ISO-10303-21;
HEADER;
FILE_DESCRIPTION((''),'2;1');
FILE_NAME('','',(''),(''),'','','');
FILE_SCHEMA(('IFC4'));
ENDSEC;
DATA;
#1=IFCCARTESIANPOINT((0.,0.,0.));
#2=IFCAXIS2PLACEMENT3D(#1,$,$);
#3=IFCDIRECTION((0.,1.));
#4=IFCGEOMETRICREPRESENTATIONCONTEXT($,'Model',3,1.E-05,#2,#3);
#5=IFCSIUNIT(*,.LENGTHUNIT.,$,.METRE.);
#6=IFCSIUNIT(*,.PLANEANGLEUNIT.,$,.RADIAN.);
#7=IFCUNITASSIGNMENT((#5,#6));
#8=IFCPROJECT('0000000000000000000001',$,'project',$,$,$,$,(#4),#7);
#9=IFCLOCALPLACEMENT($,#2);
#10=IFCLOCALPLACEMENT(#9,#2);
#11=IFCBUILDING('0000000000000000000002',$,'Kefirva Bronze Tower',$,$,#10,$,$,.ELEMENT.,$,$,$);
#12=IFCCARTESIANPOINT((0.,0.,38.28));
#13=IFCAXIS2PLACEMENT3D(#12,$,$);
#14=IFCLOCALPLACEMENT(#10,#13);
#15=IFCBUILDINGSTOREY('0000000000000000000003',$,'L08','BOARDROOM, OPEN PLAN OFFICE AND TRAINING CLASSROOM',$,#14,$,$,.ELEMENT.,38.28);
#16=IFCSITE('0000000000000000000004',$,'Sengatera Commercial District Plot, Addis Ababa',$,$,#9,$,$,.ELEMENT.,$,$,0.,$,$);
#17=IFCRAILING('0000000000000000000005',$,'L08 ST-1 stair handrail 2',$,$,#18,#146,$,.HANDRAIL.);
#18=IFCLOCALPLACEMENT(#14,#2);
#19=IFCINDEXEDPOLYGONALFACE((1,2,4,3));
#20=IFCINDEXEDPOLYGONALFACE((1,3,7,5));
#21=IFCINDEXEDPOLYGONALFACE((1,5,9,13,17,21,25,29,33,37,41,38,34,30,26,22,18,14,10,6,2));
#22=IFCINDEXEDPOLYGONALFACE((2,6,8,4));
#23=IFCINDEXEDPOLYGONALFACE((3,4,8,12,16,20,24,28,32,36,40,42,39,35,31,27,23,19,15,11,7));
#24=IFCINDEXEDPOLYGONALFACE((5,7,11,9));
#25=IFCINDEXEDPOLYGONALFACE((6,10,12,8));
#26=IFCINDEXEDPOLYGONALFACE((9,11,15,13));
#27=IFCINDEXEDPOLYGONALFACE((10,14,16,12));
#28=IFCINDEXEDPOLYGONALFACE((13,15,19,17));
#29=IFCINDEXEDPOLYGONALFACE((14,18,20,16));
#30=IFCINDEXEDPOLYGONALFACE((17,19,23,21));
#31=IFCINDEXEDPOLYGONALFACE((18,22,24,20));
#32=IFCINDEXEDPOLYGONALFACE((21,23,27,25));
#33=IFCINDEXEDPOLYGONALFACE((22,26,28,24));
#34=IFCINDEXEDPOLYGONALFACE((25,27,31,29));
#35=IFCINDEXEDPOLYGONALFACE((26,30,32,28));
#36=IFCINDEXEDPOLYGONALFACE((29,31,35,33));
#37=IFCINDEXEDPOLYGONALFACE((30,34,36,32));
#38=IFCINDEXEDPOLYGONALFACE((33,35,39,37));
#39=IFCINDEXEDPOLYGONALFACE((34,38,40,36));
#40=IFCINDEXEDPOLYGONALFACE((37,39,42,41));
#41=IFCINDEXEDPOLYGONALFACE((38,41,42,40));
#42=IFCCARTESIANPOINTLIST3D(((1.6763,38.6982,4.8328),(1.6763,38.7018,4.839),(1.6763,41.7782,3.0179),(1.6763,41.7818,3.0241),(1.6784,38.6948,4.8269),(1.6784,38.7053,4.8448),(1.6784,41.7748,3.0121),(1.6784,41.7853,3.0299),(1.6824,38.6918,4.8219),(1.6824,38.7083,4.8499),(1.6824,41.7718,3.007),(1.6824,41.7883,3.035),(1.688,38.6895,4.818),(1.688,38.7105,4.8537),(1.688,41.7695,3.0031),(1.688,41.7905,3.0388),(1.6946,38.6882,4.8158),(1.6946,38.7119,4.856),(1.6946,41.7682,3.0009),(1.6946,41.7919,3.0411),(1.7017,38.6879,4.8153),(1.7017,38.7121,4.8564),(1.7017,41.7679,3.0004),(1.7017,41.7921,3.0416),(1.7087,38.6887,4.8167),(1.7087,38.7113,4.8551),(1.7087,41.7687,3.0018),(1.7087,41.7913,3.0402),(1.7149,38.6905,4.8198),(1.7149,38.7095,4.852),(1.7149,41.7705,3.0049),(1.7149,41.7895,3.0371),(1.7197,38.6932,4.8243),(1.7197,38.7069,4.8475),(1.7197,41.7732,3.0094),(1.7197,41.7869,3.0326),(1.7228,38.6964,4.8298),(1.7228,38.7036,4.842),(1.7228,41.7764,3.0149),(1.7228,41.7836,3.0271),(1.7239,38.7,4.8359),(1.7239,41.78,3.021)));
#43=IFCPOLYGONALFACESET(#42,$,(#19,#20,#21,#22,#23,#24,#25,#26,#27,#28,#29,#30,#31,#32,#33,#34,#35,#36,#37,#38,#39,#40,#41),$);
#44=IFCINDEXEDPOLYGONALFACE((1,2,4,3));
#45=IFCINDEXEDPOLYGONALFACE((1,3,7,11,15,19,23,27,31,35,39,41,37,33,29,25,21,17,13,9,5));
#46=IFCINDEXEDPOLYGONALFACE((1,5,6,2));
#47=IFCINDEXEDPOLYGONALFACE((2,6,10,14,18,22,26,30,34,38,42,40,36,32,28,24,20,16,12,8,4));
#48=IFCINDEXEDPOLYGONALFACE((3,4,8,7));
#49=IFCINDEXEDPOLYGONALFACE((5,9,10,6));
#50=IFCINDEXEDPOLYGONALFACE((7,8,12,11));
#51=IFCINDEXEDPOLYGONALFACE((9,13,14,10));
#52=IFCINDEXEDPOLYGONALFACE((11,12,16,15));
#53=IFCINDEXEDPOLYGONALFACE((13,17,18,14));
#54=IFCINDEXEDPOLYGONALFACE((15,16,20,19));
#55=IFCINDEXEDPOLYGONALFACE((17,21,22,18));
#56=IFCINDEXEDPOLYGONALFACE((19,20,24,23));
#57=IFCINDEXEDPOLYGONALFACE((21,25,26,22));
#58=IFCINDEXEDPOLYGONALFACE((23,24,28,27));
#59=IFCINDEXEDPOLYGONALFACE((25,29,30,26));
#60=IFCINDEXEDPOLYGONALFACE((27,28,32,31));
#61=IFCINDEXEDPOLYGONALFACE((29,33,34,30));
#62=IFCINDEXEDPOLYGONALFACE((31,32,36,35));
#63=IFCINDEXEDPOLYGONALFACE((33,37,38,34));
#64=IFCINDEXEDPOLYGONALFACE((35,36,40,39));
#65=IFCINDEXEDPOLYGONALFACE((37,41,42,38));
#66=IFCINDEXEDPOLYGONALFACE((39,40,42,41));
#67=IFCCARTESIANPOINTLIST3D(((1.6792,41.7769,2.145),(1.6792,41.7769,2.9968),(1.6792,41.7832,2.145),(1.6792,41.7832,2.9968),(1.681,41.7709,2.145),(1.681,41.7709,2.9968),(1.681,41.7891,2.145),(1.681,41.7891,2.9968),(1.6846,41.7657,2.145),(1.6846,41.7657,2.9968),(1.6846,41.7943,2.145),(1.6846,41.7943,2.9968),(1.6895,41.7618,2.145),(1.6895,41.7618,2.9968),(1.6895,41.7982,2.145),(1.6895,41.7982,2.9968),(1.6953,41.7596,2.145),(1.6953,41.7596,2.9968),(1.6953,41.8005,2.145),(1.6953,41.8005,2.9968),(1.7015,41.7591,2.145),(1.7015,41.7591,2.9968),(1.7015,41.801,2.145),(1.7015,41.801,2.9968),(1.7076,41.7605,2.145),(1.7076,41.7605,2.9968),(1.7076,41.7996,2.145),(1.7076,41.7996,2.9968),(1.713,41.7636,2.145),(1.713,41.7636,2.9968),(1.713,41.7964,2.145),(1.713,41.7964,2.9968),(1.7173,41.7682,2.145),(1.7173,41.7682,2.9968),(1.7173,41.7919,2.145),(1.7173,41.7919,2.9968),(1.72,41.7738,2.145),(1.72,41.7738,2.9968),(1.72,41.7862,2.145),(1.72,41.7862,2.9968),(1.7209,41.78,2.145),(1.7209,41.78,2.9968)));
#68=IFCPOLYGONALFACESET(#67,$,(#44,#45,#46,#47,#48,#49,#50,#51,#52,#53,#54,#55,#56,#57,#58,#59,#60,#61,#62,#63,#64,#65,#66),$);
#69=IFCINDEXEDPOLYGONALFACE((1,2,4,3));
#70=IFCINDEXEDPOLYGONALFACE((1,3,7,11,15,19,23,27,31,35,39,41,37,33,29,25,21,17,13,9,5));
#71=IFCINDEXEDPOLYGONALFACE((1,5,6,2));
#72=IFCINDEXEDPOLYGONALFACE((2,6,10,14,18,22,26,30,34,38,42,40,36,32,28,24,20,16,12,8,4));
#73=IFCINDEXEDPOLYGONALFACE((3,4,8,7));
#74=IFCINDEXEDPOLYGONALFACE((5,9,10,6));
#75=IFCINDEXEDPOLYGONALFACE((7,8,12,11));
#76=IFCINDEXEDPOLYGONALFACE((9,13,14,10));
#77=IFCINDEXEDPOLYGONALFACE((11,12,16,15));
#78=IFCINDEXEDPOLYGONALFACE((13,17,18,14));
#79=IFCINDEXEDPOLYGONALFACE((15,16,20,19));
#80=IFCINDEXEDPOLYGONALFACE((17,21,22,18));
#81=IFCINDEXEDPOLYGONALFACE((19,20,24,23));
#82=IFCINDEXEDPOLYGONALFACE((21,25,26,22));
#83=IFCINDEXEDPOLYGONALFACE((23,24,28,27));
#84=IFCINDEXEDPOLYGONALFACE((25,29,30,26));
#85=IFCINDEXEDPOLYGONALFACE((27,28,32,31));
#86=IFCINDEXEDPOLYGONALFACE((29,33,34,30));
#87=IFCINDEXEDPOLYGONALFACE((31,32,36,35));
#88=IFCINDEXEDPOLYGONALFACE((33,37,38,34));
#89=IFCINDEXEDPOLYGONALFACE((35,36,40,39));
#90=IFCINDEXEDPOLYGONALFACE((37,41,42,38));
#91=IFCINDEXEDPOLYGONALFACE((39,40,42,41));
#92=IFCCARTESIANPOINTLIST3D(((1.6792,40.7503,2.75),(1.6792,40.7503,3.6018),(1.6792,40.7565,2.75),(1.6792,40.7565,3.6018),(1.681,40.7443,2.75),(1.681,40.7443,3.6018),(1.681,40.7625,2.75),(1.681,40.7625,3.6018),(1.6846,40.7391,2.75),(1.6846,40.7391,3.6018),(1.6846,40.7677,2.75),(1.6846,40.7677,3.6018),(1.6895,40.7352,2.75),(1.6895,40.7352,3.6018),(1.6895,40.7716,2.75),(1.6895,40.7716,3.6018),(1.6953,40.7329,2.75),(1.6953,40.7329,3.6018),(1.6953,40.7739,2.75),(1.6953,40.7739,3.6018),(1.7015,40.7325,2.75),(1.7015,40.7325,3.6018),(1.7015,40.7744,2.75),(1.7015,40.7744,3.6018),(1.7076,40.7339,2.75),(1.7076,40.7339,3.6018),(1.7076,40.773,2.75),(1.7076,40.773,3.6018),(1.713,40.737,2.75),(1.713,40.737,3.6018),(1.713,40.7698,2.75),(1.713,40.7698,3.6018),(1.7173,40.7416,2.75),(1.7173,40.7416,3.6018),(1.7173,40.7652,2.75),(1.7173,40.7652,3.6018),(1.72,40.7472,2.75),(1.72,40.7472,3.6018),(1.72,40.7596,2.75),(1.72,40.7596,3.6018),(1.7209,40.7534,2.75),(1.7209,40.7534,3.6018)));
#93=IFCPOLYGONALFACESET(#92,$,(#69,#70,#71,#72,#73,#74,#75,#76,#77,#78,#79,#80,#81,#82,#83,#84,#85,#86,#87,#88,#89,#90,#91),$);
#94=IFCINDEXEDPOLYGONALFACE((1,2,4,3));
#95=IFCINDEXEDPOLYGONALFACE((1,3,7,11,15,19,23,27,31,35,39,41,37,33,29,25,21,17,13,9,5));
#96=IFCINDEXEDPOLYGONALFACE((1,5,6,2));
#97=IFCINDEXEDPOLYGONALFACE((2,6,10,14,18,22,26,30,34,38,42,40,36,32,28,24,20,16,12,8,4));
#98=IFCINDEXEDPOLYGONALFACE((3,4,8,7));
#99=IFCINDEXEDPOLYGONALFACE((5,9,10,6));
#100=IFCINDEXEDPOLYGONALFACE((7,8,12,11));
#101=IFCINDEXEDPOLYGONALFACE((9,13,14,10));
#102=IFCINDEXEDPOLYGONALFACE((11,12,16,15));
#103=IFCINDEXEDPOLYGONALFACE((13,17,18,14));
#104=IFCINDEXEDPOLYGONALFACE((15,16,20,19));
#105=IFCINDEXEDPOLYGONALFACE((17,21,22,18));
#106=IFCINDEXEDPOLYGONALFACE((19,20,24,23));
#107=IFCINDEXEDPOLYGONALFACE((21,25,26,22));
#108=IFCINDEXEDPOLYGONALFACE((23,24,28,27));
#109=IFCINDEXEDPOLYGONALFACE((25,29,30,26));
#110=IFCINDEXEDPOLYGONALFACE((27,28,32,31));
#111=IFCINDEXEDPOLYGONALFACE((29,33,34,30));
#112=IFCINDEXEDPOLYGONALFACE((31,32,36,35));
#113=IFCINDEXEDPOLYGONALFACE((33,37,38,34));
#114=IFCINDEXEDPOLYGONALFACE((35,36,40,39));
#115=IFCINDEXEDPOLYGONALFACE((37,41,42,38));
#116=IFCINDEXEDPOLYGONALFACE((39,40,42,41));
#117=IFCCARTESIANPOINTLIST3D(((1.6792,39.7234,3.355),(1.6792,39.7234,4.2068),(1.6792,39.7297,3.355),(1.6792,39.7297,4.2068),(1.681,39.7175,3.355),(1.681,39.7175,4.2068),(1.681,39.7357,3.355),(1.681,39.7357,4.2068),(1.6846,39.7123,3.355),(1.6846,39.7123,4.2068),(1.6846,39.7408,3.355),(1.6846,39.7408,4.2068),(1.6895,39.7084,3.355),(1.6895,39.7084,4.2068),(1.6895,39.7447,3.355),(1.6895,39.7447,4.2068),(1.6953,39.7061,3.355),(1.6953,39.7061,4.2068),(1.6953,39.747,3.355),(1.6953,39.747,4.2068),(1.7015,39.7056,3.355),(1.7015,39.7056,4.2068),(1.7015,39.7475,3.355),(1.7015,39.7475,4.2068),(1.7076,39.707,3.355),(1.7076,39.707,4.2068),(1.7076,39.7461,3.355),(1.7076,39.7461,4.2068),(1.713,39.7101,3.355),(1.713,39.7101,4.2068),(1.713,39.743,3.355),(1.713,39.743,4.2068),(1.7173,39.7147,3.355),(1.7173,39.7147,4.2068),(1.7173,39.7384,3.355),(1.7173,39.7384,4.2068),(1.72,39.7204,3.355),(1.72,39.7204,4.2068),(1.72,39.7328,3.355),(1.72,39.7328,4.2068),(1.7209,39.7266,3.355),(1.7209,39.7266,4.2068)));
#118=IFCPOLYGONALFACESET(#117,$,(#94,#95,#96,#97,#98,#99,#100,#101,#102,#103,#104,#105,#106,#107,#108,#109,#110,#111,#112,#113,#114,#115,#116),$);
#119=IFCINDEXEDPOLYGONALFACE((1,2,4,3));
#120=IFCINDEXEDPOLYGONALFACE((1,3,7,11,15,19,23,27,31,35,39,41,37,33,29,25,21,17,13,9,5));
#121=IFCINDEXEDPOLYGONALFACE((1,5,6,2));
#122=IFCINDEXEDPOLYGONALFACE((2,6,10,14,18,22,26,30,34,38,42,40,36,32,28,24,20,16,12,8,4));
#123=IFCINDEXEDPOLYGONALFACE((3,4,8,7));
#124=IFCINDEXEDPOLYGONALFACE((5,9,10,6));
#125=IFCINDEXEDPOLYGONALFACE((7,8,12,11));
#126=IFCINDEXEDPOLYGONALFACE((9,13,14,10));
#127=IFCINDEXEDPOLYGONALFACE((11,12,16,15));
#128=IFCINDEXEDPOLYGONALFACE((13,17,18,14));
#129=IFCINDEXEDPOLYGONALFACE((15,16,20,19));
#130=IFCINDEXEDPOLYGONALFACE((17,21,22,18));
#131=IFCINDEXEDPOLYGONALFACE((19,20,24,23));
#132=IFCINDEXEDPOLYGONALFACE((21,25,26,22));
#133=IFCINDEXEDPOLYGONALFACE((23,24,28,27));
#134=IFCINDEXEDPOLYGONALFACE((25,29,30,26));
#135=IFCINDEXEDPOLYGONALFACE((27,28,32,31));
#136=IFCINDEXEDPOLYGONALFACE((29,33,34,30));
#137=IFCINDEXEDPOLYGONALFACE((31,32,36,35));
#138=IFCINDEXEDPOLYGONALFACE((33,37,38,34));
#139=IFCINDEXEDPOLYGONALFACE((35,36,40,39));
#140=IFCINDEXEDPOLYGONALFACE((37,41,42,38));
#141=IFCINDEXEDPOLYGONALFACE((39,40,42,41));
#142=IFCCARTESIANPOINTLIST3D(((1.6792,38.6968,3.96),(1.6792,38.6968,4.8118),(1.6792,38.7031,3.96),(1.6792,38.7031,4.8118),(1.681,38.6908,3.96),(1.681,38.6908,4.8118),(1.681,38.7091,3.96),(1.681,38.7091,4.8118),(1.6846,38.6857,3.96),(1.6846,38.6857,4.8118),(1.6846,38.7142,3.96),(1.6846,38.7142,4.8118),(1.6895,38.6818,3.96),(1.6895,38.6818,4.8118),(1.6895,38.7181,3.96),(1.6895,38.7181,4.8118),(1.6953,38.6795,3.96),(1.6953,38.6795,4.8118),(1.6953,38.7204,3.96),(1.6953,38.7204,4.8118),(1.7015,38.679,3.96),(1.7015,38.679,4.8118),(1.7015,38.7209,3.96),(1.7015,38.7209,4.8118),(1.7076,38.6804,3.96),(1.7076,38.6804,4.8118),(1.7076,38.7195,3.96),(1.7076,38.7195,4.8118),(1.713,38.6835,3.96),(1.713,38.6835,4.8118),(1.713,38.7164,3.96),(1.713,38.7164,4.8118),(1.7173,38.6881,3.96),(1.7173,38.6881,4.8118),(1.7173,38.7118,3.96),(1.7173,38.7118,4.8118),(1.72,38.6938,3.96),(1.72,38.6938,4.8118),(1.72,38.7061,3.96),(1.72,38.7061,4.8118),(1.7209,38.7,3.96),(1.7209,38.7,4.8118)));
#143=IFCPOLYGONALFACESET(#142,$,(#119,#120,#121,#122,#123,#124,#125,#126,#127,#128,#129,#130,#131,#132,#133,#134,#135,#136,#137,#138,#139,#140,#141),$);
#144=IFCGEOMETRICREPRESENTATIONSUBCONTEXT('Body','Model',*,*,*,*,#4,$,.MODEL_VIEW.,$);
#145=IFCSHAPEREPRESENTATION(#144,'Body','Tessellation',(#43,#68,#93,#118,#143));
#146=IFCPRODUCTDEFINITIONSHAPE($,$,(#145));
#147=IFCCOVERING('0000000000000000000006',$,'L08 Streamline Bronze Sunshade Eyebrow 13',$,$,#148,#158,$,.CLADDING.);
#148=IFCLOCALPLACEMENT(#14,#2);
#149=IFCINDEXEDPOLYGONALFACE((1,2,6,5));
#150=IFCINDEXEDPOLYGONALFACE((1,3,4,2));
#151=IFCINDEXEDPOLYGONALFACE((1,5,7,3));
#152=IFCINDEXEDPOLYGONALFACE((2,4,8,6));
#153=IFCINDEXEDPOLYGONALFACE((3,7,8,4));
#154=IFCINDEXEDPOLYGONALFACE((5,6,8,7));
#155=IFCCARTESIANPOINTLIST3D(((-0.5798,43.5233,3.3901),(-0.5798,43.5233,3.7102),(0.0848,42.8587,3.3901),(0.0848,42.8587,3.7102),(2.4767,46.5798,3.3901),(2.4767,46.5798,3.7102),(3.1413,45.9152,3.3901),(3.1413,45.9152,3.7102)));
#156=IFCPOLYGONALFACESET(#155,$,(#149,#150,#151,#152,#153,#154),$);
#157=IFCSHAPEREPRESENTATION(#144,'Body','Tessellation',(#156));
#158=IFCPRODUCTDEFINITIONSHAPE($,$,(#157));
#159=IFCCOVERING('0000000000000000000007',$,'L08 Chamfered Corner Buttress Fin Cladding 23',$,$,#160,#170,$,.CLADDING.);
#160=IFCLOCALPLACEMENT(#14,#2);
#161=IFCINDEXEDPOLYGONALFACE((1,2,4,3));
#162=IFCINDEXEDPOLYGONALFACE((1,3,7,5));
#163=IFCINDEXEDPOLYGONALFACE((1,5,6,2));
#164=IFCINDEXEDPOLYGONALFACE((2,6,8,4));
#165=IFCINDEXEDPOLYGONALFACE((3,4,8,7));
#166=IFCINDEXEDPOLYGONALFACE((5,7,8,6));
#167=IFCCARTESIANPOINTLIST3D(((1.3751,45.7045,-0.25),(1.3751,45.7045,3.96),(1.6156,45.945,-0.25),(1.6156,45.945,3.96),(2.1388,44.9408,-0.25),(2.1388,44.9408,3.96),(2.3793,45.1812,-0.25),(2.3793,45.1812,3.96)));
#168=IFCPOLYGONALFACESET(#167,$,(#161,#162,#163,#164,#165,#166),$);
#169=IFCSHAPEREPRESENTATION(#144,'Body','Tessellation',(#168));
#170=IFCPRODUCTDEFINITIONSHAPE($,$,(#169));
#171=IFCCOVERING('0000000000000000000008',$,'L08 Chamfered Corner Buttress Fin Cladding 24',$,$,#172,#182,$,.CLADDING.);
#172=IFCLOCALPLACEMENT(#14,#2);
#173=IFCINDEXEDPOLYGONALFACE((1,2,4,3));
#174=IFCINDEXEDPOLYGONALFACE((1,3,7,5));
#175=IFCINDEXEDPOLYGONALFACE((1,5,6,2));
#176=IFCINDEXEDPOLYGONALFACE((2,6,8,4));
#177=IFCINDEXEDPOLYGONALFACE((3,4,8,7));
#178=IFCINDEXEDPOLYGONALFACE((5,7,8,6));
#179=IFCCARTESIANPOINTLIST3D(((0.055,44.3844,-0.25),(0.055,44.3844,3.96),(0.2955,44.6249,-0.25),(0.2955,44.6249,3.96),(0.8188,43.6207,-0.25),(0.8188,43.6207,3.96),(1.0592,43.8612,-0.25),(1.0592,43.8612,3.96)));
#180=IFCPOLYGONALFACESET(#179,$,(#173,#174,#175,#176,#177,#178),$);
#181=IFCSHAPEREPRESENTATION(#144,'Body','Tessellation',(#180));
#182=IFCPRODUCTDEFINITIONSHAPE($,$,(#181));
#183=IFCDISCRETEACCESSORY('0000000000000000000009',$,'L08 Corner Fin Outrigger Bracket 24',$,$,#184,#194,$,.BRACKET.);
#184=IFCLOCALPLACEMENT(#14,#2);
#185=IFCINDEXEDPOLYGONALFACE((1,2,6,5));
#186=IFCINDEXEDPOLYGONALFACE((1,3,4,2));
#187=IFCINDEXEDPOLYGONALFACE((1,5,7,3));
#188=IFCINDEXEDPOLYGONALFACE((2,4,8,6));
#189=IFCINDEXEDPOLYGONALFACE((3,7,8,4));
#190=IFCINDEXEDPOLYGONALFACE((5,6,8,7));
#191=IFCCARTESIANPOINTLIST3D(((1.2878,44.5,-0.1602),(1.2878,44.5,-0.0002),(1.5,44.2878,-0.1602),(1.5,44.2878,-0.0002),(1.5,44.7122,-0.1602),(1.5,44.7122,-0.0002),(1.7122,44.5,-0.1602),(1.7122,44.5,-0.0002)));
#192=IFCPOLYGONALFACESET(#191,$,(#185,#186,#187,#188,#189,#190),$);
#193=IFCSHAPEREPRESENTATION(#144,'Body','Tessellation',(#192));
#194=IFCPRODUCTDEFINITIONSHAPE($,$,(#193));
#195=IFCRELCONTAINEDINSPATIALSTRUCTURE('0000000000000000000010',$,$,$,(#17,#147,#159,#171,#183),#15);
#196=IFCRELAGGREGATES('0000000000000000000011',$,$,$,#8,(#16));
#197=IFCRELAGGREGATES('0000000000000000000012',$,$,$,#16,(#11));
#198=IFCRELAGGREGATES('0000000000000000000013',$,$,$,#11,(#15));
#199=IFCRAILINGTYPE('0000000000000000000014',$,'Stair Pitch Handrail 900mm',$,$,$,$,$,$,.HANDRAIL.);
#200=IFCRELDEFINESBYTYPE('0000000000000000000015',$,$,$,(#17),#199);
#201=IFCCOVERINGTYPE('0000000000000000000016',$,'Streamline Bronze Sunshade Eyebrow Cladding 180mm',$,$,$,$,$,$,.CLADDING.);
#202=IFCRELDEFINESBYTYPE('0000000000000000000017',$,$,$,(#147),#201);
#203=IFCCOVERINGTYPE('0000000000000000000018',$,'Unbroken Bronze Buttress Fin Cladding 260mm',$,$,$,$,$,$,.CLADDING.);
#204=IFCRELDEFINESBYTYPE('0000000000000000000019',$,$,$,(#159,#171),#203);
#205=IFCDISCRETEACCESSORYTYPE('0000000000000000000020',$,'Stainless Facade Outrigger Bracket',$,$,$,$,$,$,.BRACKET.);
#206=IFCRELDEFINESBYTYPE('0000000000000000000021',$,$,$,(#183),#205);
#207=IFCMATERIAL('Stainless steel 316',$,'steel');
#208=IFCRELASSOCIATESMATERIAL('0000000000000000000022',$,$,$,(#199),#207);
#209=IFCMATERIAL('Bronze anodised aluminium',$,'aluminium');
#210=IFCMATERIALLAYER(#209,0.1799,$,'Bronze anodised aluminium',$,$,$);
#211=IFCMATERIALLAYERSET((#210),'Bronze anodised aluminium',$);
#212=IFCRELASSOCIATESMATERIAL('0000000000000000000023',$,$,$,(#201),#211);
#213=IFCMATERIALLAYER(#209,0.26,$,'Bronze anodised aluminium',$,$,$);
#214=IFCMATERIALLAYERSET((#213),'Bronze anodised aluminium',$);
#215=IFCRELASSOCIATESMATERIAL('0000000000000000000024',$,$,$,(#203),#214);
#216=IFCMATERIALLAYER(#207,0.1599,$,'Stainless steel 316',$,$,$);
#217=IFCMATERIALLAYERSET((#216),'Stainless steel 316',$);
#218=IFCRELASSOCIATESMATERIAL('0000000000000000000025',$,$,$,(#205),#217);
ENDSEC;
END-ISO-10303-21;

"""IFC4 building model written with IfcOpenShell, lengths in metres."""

from ifc_helpers import new_model, si_unit, direction, frame, origin, origin_2d, place, context, subcontext, project, spatial, rectangle, circle, extrude, material, layer, layer_set, type_object, element, save


model = new_model("IFC4")

# Units and contexts
model_context = context("Model", 3, precision=1e-05, world=origin(), true_north=direction((0.0, 1.0)))
body_context = subcontext(model_context, "Body", "Model", "MODEL_VIEW")
ifc_project = project(units=[si_unit("LENGTHUNIT", "METRE"), si_unit("PLANEANGLEUNIT", "RADIAN")], contexts=[model_context])

# Site, building, storey
site_placement = place(None, origin())
site = spatial("IfcSite", under=ifc_project, at=site_placement, Name="Sengatera Commercial District Plot, Addis Ababa", CompositionType="ELEMENT", RefElevation=0.0)
building_placement = place(site_placement, origin())
building = spatial("IfcBuilding", under=site, at=building_placement, Name="Kefirva Bronze Tower", CompositionType="ELEMENT")
storey_placement = place(building_placement, frame((0.0, 0.0, 38.28)))
storey = spatial("IfcBuildingStorey", under=building, at=storey_placement, Name="L08", Description="BOARDROOM, OPEN PLAN OFFICE AND TRAINING CLASSROOM", CompositionType="ELEMENT", Elevation=38.28)

# Shared definitions
ifc_material_1 = material(Name="Bronze anodised aluminium", Category="aluminium")

# Railing
ifc_material_2 = material(Name="Stainless steel 316", Category="steel")
railing_type_1 = type_object("IfcRailingType", Name="Stair Pitch Handrail 900mm", PredefinedType="HANDRAIL", material=ifc_material_2)
railing_1_placement = place(storey_placement, frame((1.7, 41.78, 2.145)))
element("IfcRailing", 1, at=railing_1_placement, inside=storey, type_object=railing_type_1, Name="L08 ST-1 stair handrail 2", PredefinedType="HANDRAIL", context=body_context, shape_type="SweptSolid", body=[
    extrude(circle(Radius=0.0239, at=origin_2d()), frame((0.0, 0.0, 0.876), z_axis=(0.0, -0.861551, 0.507671), x_axis=(1.0, 0.0, 0.0)), (0.0, 0.0, 1.0), 3.575),
    extrude(circle(Radius=0.021, at=origin_2d()), origin(), (0.0, 0.0, 1.0), 0.8518),
    extrude(circle(Radius=0.021, at=origin_2d()), frame((0.0, -1.0266, 0.605)), (0.0, 0.0, 1.0), 0.8518),
    extrude(circle(Radius=0.021, at=origin_2d()), frame((0.0, -2.0535, 1.21)), (0.0, 0.0, 1.0), 0.8518),
    extrude(circle(Radius=0.021, at=origin_2d()), frame((0.0, -3.0801, 1.8149)), (0.0, 0.0, 1.0), 0.8518),
])

# Coverings
ifc_layer_1 = layer(ifc_material_1, 0.1799, Name="Bronze anodised aluminium")
ifc_layer_set_1 = layer_set([ifc_layer_1], Name="Bronze anodised aluminium")
covering_type_1 = type_object("IfcCoveringType", Name="Streamline Bronze Sunshade Eyebrow Cladding 180mm", PredefinedType="CLADDING", material=ifc_layer_set_1)
covering_1_placement = place(storey_placement, frame((1.2808, 44.7192, 3.3901), z_axis=(0.0, 0.0, 1.0), x_axis=(-0.707107, -0.707107, 0.0)))
element("IfcCovering", 2, at=covering_1_placement, inside=storey, type_object=covering_type_1, Name="L08 Streamline Bronze Sunshade Eyebrow 13", PredefinedType="CLADDING", context=body_context, shape_type="SweptSolid", body=[
    extrude(rectangle(XDim=4.3225, YDim=0.9399, at=origin_2d()), origin(), (0.0, 0.0, 1.0), 0.3201),
])
ifc_layer_2 = layer(ifc_material_1, 0.26, Name="Bronze anodised aluminium")
ifc_layer_set_2 = layer_set([ifc_layer_2], Name="Bronze anodised aluminium")
covering_type_2 = type_object("IfcCoveringType", Name="Unbroken Bronze Buttress Fin Cladding 260mm", PredefinedType="CLADDING", material=ifc_layer_set_2)
for number, where, z_axis, x_axis, name in (
    (3, (1.8772, 45.4429, -0.25), (0.0, 0.0, 1.0), (-0.707107, -0.707107, 0.0), "L08 Chamfered Corner Buttress Fin Cladding 23"),
    (4, (0.5571, 44.1228, -0.25), (0.0, 0.0, 1.0), (-0.707107, -0.707107, 0.0), "L08 Chamfered Corner Buttress Fin Cladding 24"),
):
    element("IfcCovering", number, at=place(storey_placement, frame(where, z_axis=z_axis, x_axis=x_axis)), inside=storey, type_object=covering_type_2, Name=name, PredefinedType="CLADDING", context=body_context, shape_type="SweptSolid", body=[
        extrude(rectangle(XDim=0.3401, YDim=1.0801, at=origin_2d()), origin(), (0.0, 0.0, 1.0), 4.21),
    ])

# Discrete accessory
ifc_layer_3 = layer(ifc_material_2, 0.1599, Name="Stainless steel 316")
ifc_layer_set_3 = layer_set([ifc_layer_3], Name="Stainless steel 316")
discrete_accessory_type = type_object("IfcDiscreteAccessoryType", Name="Stainless Facade Outrigger Bracket", PredefinedType="BRACKET", material=ifc_layer_set_3)
discrete_accessory_placement = place(storey_placement, frame((1.5, 44.5, -0.1602), z_axis=(0.0, 0.0, 1.0), x_axis=(-0.707107, -0.707107, 0.0)))
element("IfcDiscreteAccessory", 5, at=discrete_accessory_placement, inside=storey, type_object=discrete_accessory_type, Name="L08 Corner Fin Outrigger Bracket 24", PredefinedType="BRACKET", context=body_context, shape_type="SweptSolid", body=[
    extrude(rectangle(XDim=0.3, YDim=0.3, at=origin_2d()), origin(), (0.0, 0.0, 1.0), 0.1599),
])

save(model, "model.ifc")
